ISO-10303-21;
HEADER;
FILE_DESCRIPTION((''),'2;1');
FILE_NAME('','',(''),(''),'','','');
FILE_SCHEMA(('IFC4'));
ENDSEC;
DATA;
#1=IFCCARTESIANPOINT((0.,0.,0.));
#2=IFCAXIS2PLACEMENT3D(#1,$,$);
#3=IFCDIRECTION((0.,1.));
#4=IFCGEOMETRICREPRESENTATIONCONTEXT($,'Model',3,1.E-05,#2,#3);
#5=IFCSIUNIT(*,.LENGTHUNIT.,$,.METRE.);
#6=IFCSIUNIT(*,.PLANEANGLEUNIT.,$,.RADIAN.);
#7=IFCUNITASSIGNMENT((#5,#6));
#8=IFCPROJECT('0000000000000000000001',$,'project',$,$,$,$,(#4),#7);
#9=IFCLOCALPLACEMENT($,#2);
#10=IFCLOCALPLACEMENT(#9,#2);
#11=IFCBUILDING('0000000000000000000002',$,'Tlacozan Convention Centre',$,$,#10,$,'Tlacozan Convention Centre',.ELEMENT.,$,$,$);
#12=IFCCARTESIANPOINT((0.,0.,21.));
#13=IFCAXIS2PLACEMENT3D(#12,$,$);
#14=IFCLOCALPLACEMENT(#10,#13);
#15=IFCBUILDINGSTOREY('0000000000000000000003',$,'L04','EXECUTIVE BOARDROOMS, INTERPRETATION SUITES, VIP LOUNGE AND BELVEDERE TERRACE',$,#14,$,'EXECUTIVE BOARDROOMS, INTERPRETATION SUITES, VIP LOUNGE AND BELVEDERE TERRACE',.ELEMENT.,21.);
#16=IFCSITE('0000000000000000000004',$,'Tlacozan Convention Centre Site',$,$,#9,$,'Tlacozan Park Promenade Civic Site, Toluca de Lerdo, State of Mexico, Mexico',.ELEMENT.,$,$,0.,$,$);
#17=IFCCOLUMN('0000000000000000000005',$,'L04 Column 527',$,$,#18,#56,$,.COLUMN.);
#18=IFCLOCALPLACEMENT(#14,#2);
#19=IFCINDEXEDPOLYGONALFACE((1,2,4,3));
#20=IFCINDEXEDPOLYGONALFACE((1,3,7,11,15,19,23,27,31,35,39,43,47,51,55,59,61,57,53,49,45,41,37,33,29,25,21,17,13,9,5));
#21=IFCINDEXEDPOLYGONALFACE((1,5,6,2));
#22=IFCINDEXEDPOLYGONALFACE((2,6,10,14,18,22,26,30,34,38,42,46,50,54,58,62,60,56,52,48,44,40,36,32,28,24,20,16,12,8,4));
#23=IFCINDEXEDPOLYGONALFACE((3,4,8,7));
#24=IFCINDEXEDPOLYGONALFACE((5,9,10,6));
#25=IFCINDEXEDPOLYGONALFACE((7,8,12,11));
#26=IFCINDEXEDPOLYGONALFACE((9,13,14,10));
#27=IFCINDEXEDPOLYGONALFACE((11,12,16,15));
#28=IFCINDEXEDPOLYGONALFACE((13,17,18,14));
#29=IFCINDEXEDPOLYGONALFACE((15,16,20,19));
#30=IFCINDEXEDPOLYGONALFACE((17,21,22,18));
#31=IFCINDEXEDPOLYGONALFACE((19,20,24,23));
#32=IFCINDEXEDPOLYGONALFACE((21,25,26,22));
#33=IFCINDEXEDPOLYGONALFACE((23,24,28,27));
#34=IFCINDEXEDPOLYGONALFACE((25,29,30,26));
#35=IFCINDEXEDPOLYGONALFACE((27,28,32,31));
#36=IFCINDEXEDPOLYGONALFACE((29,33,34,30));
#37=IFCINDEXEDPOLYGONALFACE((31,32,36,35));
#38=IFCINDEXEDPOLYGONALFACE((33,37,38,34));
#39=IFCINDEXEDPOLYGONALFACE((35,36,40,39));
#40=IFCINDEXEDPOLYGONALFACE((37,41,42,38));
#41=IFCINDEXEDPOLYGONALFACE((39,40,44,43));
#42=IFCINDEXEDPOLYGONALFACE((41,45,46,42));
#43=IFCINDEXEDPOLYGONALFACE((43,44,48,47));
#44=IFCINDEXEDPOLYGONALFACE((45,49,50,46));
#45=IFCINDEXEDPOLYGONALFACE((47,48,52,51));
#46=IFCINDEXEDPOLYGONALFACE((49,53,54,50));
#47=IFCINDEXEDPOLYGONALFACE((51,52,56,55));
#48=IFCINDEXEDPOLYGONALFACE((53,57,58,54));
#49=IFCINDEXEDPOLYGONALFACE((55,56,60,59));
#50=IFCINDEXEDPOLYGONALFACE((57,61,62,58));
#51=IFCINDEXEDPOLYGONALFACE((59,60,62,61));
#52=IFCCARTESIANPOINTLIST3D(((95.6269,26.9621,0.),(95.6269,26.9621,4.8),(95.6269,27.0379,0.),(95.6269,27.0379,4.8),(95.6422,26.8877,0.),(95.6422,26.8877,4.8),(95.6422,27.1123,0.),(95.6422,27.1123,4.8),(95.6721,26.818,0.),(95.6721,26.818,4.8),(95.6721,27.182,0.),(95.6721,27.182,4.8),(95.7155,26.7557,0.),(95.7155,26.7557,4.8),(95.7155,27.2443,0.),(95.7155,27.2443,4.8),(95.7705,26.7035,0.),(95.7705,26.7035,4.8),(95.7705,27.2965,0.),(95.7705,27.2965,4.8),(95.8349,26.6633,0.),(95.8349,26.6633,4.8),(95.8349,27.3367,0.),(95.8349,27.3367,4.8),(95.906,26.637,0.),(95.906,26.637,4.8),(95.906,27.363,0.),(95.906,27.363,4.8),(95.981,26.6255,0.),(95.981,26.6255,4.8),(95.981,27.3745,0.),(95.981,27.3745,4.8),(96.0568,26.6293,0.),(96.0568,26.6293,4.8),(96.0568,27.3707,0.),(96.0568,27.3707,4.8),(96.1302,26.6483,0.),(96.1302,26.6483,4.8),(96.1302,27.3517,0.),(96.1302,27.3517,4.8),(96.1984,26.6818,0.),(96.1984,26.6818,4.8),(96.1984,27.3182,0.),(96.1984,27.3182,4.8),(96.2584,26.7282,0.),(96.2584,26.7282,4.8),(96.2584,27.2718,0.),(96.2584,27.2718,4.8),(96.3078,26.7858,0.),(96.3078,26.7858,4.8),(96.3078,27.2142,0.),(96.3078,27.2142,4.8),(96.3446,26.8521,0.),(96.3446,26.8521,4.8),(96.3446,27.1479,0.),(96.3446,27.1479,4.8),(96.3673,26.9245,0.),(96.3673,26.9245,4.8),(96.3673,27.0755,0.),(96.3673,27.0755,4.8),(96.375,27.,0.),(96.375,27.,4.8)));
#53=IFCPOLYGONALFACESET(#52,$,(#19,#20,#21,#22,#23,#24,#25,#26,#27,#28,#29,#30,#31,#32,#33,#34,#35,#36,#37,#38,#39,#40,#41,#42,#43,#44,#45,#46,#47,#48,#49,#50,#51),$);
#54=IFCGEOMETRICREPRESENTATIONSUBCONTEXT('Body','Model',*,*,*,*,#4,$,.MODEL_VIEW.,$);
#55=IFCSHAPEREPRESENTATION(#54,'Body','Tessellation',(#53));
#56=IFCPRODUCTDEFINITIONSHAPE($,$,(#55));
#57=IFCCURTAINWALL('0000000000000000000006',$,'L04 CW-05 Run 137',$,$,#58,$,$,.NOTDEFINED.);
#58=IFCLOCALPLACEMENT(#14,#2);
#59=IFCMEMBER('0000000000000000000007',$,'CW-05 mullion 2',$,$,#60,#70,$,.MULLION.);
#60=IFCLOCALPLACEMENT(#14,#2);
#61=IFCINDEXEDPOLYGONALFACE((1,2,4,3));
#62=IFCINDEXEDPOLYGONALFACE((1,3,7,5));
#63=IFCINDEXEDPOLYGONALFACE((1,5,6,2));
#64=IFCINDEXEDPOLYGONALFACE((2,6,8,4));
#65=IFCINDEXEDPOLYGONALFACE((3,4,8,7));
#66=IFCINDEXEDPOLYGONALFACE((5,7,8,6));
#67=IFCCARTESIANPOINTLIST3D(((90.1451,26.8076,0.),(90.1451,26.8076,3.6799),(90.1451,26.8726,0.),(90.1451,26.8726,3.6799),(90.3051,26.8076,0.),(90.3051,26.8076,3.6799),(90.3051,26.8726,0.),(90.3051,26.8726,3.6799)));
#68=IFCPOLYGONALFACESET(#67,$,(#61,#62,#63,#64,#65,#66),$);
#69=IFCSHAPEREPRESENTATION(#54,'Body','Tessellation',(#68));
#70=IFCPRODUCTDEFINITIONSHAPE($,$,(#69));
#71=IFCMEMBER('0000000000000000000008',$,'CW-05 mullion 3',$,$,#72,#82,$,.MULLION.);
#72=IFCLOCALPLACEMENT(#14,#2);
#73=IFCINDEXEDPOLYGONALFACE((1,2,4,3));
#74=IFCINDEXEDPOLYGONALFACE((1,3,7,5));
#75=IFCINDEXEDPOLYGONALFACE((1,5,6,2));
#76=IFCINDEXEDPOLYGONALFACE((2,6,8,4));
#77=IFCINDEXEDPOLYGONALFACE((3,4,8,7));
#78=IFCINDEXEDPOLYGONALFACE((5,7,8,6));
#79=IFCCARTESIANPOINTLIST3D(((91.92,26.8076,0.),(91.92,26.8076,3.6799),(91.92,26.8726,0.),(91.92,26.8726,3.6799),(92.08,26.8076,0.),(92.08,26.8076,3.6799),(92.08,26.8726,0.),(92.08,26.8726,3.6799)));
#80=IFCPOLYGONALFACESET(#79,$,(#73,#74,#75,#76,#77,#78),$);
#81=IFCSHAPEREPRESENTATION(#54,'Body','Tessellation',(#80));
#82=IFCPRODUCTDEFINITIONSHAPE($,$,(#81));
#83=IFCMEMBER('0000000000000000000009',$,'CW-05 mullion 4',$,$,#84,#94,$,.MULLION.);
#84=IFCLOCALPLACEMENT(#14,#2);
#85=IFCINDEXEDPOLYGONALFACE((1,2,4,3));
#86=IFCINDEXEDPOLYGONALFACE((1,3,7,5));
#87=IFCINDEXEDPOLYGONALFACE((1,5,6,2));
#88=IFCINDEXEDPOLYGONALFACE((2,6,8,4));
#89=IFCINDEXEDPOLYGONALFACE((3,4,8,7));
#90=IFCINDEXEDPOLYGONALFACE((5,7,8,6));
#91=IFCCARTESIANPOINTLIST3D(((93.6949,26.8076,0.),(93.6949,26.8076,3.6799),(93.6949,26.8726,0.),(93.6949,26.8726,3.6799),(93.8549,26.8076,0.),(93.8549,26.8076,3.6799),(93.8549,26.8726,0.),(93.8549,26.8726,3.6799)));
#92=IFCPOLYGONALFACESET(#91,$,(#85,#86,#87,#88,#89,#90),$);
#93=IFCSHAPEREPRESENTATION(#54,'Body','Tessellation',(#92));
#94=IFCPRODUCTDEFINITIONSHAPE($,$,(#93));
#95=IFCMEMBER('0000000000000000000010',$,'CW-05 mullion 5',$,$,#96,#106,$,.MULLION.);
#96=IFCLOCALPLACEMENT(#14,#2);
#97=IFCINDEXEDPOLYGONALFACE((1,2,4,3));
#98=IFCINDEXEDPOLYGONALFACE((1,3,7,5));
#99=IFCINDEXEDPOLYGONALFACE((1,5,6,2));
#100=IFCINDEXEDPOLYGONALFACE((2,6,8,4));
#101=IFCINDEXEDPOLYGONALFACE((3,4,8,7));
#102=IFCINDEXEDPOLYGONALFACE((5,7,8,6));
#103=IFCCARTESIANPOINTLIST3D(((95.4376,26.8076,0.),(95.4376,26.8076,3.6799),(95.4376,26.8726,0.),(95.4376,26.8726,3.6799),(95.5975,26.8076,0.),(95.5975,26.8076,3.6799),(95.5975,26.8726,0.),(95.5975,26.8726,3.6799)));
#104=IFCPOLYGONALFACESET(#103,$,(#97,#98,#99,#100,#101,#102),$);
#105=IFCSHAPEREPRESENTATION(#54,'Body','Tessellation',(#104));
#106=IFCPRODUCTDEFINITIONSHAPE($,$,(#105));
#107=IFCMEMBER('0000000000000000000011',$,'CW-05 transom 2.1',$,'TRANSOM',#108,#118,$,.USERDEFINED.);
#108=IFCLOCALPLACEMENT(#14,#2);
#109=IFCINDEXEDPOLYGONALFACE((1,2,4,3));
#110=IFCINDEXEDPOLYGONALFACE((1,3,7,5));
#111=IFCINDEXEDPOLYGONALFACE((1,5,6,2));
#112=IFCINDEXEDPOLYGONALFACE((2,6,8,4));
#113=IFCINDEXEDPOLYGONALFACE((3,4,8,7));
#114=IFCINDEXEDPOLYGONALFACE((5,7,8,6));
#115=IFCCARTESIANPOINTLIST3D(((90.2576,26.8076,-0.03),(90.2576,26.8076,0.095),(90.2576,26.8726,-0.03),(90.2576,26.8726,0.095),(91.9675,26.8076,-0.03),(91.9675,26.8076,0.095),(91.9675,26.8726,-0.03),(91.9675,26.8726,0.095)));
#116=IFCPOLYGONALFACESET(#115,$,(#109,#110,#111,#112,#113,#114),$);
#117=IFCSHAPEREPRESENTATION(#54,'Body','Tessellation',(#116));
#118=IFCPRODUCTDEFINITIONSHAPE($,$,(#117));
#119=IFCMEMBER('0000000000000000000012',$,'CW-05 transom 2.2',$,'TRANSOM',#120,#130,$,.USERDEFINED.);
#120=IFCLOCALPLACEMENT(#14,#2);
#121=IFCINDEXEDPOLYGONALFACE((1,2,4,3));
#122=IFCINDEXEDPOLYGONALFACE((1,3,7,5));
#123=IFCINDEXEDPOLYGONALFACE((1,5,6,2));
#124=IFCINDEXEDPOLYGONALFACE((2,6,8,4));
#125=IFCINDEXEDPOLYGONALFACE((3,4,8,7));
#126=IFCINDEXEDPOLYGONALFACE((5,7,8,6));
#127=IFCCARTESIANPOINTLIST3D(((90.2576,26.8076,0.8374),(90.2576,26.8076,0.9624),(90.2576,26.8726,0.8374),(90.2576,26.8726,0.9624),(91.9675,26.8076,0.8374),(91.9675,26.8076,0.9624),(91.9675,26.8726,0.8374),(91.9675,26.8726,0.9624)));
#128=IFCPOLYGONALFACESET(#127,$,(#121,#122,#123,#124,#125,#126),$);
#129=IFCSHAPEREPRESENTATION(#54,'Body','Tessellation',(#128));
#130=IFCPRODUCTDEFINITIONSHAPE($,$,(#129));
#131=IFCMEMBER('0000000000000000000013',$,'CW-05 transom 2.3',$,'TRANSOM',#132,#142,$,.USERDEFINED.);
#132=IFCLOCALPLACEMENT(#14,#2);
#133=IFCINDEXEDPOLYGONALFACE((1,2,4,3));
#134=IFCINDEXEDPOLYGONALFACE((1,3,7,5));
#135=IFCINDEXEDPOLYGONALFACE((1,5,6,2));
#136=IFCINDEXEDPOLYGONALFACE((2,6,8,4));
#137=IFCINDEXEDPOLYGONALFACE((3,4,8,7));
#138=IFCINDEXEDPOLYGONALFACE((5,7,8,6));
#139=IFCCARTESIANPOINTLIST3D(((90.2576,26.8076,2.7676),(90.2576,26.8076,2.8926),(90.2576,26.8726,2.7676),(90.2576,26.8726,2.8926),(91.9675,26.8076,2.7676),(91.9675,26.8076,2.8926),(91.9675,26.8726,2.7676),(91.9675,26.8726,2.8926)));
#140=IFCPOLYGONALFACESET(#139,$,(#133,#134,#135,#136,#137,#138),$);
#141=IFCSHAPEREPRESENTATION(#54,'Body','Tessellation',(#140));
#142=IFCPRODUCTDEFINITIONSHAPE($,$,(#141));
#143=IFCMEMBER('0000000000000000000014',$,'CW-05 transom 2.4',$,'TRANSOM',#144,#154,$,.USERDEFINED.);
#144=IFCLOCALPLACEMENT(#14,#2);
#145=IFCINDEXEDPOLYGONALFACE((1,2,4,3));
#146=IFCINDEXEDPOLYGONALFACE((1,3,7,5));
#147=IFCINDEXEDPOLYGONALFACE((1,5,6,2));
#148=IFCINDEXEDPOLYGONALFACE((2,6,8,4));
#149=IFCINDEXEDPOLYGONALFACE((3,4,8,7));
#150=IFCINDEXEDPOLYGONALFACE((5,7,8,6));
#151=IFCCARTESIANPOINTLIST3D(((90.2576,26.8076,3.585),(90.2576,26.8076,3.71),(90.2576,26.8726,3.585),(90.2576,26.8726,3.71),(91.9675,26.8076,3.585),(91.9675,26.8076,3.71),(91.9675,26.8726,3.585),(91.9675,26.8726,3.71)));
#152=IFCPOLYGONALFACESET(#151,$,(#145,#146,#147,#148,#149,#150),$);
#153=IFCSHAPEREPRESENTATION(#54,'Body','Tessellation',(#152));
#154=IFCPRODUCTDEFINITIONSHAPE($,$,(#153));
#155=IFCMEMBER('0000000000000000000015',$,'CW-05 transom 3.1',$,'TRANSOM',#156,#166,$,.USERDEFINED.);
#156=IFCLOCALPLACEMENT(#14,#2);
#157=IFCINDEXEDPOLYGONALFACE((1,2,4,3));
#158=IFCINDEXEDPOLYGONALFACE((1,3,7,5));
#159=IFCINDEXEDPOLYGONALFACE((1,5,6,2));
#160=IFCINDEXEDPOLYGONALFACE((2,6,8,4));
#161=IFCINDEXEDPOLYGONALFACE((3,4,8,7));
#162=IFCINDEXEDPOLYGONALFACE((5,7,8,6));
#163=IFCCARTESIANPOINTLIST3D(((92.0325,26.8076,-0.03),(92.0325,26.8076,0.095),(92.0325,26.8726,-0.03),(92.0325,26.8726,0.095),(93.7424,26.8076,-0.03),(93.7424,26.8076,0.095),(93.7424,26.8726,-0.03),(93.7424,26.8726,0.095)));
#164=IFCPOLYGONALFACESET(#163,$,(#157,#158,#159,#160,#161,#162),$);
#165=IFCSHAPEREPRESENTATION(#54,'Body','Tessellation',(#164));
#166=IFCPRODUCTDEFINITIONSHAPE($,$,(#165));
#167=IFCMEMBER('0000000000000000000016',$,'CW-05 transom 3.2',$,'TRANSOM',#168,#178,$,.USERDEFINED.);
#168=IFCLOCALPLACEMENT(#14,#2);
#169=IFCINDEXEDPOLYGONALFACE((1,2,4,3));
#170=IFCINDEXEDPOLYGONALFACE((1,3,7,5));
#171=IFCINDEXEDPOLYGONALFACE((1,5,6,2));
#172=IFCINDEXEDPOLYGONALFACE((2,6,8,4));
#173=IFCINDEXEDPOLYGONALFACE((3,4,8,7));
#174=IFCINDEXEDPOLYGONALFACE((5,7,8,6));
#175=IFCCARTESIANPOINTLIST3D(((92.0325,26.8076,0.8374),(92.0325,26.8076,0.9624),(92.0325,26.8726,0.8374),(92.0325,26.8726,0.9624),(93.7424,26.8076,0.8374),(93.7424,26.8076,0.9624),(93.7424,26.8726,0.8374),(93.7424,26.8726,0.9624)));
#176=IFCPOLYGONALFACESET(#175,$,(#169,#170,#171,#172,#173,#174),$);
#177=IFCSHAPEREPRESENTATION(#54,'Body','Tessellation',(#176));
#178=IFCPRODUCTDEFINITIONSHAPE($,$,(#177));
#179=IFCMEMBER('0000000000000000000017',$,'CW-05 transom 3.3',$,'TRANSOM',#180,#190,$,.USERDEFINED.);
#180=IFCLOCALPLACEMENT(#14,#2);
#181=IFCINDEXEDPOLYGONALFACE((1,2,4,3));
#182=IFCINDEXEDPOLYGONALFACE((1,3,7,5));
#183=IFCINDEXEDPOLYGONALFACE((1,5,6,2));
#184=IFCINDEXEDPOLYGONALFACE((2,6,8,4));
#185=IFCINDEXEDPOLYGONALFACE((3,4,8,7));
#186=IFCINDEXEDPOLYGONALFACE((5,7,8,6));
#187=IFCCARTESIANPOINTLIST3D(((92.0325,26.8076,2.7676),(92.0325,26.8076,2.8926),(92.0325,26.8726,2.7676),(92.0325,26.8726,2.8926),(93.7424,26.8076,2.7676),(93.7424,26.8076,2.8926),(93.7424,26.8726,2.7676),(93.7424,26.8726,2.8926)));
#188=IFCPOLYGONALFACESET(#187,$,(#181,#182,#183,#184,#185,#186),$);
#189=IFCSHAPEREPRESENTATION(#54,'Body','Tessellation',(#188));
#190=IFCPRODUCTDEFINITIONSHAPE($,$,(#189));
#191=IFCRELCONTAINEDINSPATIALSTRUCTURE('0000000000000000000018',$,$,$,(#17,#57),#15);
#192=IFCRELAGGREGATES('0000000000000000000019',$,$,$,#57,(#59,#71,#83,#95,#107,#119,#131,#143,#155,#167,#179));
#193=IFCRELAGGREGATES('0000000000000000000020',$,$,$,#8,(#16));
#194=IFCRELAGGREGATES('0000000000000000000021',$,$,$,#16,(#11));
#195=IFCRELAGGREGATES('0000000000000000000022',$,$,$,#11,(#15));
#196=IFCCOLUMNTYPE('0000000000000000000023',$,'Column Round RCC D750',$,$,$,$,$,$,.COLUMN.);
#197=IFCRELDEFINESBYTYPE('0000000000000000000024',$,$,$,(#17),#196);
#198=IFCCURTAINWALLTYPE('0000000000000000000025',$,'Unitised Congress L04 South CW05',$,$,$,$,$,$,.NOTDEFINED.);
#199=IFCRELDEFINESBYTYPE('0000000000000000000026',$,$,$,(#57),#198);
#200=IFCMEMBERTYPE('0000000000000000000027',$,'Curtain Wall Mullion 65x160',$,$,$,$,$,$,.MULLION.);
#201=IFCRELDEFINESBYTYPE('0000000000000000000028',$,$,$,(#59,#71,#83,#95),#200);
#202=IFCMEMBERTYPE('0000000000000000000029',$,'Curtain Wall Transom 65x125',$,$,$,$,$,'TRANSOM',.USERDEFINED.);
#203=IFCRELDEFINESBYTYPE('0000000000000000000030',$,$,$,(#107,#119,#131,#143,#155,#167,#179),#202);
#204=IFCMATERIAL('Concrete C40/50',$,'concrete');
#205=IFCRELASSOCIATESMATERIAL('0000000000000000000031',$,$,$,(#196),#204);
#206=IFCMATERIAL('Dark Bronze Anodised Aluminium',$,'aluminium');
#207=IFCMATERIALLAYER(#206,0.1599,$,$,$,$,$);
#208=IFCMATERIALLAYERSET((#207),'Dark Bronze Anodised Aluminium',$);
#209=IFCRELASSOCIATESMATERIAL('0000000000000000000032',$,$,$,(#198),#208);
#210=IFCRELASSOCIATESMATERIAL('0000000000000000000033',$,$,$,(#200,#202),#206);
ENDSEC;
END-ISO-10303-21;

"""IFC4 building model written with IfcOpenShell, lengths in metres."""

from ifc_helpers import new_model, si_unit, direction, frame, origin, origin_2d, place, context, subcontext, project, spatial, rectangle, circle, extrude, material, layer, layer_set, material_profile, profile_set, type_object, element, aggregate, save


model = new_model("IFC4")

# Units and contexts
model_context = context("Model", 3, precision=1e-05, world=origin(), true_north=direction((0.0, 1.0)))
body_context = subcontext(model_context, "Body", "Model", "MODEL_VIEW")
ifc_project = project(units=[si_unit("LENGTHUNIT", "METRE"), si_unit("PLANEANGLEUNIT", "RADIAN")], contexts=[model_context])

# Site, building, storey
site_placement = place(None, origin())
site = spatial("IfcSite", under=ifc_project, at=site_placement, Name="Tlacozan Convention Centre Site", LongName="Tlacozan Park Promenade Civic Site, Toluca de Lerdo, State of Mexico, Mexico", CompositionType="ELEMENT", RefElevation=0.0)
building_placement = place(site_placement, origin())
building = spatial("IfcBuilding", under=site, at=building_placement, Name="Tlacozan Convention Centre", LongName="Tlacozan Convention Centre", CompositionType="ELEMENT")
storey_placement = place(building_placement, frame((0.0, 0.0, 21.0)))
storey = spatial("IfcBuildingStorey", under=building, at=storey_placement, Name="L04", Description="EXECUTIVE BOARDROOMS, INTERPRETATION SUITES, VIP LOUNGE AND BELVEDERE TERRACE", LongName="EXECUTIVE BOARDROOMS, INTERPRETATION SUITES, VIP LOUNGE AND BELVEDERE TERRACE", CompositionType="ELEMENT", Elevation=21.0)

# Column
ifc_material_1 = material(Name="Concrete C40/50", Category="concrete")
ifc_material_profile_1 = material_profile(ifc_material_1, circle(Radius=0.375, at=origin_2d()), Name="RCC D750")
ifc_profile_set_1 = profile_set([ifc_material_profile_1], Name="Concrete C40/50")
column_type = type_object("IfcColumnType", Name="Column Round RCC D750", PredefinedType="COLUMN", material=ifc_profile_set_1)
column_placement = place(storey_placement, frame((96.0, 27.0, 0.0), z_axis=(0.0, 0.0, 1.0), x_axis=(1.0, 0.0, 0.0)))
element("IfcColumn", 1, at=column_placement, inside=storey, type_object=column_type, Name="L04 Column 527", PredefinedType="COLUMN", context=body_context, shape_type="SweptSolid", body=[
    extrude(circle(Radius=0.375, at=origin_2d()), origin(), (0.0, 0.0, 1.0), 4.8),
])

# Curtain wall, members
ifc_material_2 = material(Name="Dark Bronze Anodised Aluminium", Category="aluminium")
ifc_layer_1 = layer(ifc_material_2, 0.1599)
ifc_layer_set_1 = layer_set([ifc_layer_1], Name="Dark Bronze Anodised Aluminium")
curtain_wall_type = type_object("IfcCurtainWallType", Name="Unitised Congress L04 South CW05", PredefinedType="NOTDEFINED", material=ifc_layer_set_1)
curtain_wall_placement = place(storey_placement, origin())
curtain_wall = element("IfcCurtainWall", 2, at=curtain_wall_placement, inside=storey, type_object=curtain_wall_type, Name="L04 CW-05 Run 137", PredefinedType="NOTDEFINED")
ifc_material_profile_2 = material_profile(ifc_material_2, rectangle(XDim=0.0649, YDim=0.1599, at=origin_2d()), Name="ALU 65x160")
ifc_profile_set_2 = profile_set([ifc_material_profile_2], Name="Dark Bronze Anodised Aluminium")
member_type_1 = type_object("IfcMemberType", Name="Curtain Wall Mullion 65x160", PredefinedType="MULLION", material=ifc_profile_set_2)
member_1_placement = place(storey_placement, frame((90.2251, 26.8401, 0.0), z_axis=(0.0, 0.0, 1.0), x_axis=(0.0, 1.0, 0.0)))
member_1 = element("IfcMember", 3, at=member_1_placement, type_object=member_type_1, Name="CW-05 mullion 2", PredefinedType="MULLION", context=body_context, shape_type="SweptSolid", body=[
    extrude(rectangle(XDim=0.0649, YDim=0.1599, at=origin_2d()), origin(), (0.0, 0.0, 1.0), 3.6799),
])
member_2_placement = place(storey_placement, frame((92.0, 26.8401, 0.0), z_axis=(0.0, 0.0, 1.0), x_axis=(0.0, 1.0, 0.0)))
member_2 = element("IfcMember", 4, at=member_2_placement, type_object=member_type_1, Name="CW-05 mullion 3", PredefinedType="MULLION", context=body_context, shape_type="SweptSolid", body=[
    extrude(rectangle(XDim=0.0649, YDim=0.1599, at=origin_2d()), origin(), (0.0, 0.0, 1.0), 3.6799),
])
member_3_placement = place(storey_placement, frame((93.7749, 26.8401, 0.0), z_axis=(0.0, 0.0, 1.0), x_axis=(0.0, 1.0, 0.0)))
member_3 = element("IfcMember", 5, at=member_3_placement, type_object=member_type_1, Name="CW-05 mullion 4", PredefinedType="MULLION", context=body_context, shape_type="SweptSolid", body=[
    extrude(rectangle(XDim=0.0649, YDim=0.1599, at=origin_2d()), origin(), (0.0, 0.0, 1.0), 3.6799),
])
member_4_placement = place(storey_placement, frame((95.5176, 26.8401, 0.0), z_axis=(0.0, 0.0, 1.0), x_axis=(0.0, 1.0, 0.0)))
member_4 = element("IfcMember", 6, at=member_4_placement, type_object=member_type_1, Name="CW-05 mullion 5", PredefinedType="MULLION", context=body_context, shape_type="SweptSolid", body=[
    extrude(rectangle(XDim=0.0649, YDim=0.1599, at=origin_2d()), origin(), (0.0, 0.0, 1.0), 3.6799),
])
ifc_material_profile_3 = material_profile(ifc_material_2, rectangle(XDim=0.0649, YDim=0.125, at=origin_2d()), Name="ALU 65x125")
ifc_profile_set_3 = profile_set([ifc_material_profile_3], Name="Dark Bronze Anodised Aluminium")
member_type_2 = type_object("IfcMemberType", Name="Curtain Wall Transom 65x125", ElementType="TRANSOM", PredefinedType="USERDEFINED", material=ifc_profile_set_3)
member_5_placement = place(storey_placement, frame((90.2576, 26.8401, 0.0325), z_axis=(1.0, 0.0, 0.0), x_axis=(0.0, 1.0, 0.0)))
member_5 = element("IfcMember", 7, at=member_5_placement, type_object=member_type_2, Name="CW-05 transom 2.1", ObjectType="TRANSOM", PredefinedType="USERDEFINED", context=body_context, shape_type="SweptSolid", body=[
    extrude(rectangle(XDim=0.0649, YDim=0.125, at=origin_2d()), origin(), (0.0, 0.0, 1.0), 1.71),
])
member_6_placement = place(storey_placement, frame((90.2576, 26.8401, 0.8999), z_axis=(1.0, 0.0, 0.0), x_axis=(0.0, 1.0, 0.0)))
member_6 = element("IfcMember", 8, at=member_6_placement, type_object=member_type_2, Name="CW-05 transom 2.2", ObjectType="TRANSOM", PredefinedType="USERDEFINED", context=body_context, shape_type="SweptSolid", body=[
    extrude(rectangle(XDim=0.0649, YDim=0.125, at=origin_2d()), origin(), (0.0, 0.0, 1.0), 1.71),
])
member_7_placement = place(storey_placement, frame((90.2576, 26.8401, 2.8301), z_axis=(1.0, 0.0, 0.0), x_axis=(0.0, 1.0, 0.0)))
member_7 = element("IfcMember", 9, at=member_7_placement, type_object=member_type_2, Name="CW-05 transom 2.3", ObjectType="TRANSOM", PredefinedType="USERDEFINED", context=body_context, shape_type="SweptSolid", body=[
    extrude(rectangle(XDim=0.0649, YDim=0.125, at=origin_2d()), origin(), (0.0, 0.0, 1.0), 1.71),
])
member_8_placement = place(storey_placement, frame((90.2576, 26.8401, 3.6475), z_axis=(1.0, 0.0, 0.0), x_axis=(0.0, 1.0, 0.0)))
member_8 = element("IfcMember", 10, at=member_8_placement, type_object=member_type_2, Name="CW-05 transom 2.4", ObjectType="TRANSOM", PredefinedType="USERDEFINED", context=body_context, shape_type="SweptSolid", body=[
    extrude(rectangle(XDim=0.0649, YDim=0.125, at=origin_2d()), origin(), (0.0, 0.0, 1.0), 1.71),
])
member_9_placement = place(storey_placement, frame((92.0325, 26.8401, 0.0325), z_axis=(1.0, 0.0, 0.0), x_axis=(0.0, 1.0, 0.0)))
member_9 = element("IfcMember", 11, at=member_9_placement, type_object=member_type_2, Name="CW-05 transom 3.1", ObjectType="TRANSOM", PredefinedType="USERDEFINED", context=body_context, shape_type="SweptSolid", body=[
    extrude(rectangle(XDim=0.0649, YDim=0.125, at=origin_2d()), origin(), (0.0, 0.0, 1.0), 1.71),
])
member_10_placement = place(storey_placement, frame((92.0325, 26.8401, 0.8999), z_axis=(1.0, 0.0, 0.0), x_axis=(0.0, 1.0, 0.0)))
member_10 = element("IfcMember", 12, at=member_10_placement, type_object=member_type_2, Name="CW-05 transom 3.2", ObjectType="TRANSOM", PredefinedType="USERDEFINED", context=body_context, shape_type="SweptSolid", body=[
    extrude(rectangle(XDim=0.0649, YDim=0.125, at=origin_2d()), origin(), (0.0, 0.0, 1.0), 1.71),
])
member_11_placement = place(storey_placement, frame((92.0325, 26.8401, 2.8301), z_axis=(1.0, 0.0, 0.0), x_axis=(0.0, 1.0, 0.0)))
member_11 = element("IfcMember", 13, at=member_11_placement, type_object=member_type_2, Name="CW-05 transom 3.3", ObjectType="TRANSOM", PredefinedType="USERDEFINED", context=body_context, shape_type="SweptSolid", body=[
    extrude(rectangle(XDim=0.0649, YDim=0.125, at=origin_2d()), origin(), (0.0, 0.0, 1.0), 1.71),
])
aggregate(curtain_wall, [member_1, member_2, member_3, member_4, member_5, member_6, member_7, member_8, member_9, member_10, member_11])

save(model, "model.ifc")
